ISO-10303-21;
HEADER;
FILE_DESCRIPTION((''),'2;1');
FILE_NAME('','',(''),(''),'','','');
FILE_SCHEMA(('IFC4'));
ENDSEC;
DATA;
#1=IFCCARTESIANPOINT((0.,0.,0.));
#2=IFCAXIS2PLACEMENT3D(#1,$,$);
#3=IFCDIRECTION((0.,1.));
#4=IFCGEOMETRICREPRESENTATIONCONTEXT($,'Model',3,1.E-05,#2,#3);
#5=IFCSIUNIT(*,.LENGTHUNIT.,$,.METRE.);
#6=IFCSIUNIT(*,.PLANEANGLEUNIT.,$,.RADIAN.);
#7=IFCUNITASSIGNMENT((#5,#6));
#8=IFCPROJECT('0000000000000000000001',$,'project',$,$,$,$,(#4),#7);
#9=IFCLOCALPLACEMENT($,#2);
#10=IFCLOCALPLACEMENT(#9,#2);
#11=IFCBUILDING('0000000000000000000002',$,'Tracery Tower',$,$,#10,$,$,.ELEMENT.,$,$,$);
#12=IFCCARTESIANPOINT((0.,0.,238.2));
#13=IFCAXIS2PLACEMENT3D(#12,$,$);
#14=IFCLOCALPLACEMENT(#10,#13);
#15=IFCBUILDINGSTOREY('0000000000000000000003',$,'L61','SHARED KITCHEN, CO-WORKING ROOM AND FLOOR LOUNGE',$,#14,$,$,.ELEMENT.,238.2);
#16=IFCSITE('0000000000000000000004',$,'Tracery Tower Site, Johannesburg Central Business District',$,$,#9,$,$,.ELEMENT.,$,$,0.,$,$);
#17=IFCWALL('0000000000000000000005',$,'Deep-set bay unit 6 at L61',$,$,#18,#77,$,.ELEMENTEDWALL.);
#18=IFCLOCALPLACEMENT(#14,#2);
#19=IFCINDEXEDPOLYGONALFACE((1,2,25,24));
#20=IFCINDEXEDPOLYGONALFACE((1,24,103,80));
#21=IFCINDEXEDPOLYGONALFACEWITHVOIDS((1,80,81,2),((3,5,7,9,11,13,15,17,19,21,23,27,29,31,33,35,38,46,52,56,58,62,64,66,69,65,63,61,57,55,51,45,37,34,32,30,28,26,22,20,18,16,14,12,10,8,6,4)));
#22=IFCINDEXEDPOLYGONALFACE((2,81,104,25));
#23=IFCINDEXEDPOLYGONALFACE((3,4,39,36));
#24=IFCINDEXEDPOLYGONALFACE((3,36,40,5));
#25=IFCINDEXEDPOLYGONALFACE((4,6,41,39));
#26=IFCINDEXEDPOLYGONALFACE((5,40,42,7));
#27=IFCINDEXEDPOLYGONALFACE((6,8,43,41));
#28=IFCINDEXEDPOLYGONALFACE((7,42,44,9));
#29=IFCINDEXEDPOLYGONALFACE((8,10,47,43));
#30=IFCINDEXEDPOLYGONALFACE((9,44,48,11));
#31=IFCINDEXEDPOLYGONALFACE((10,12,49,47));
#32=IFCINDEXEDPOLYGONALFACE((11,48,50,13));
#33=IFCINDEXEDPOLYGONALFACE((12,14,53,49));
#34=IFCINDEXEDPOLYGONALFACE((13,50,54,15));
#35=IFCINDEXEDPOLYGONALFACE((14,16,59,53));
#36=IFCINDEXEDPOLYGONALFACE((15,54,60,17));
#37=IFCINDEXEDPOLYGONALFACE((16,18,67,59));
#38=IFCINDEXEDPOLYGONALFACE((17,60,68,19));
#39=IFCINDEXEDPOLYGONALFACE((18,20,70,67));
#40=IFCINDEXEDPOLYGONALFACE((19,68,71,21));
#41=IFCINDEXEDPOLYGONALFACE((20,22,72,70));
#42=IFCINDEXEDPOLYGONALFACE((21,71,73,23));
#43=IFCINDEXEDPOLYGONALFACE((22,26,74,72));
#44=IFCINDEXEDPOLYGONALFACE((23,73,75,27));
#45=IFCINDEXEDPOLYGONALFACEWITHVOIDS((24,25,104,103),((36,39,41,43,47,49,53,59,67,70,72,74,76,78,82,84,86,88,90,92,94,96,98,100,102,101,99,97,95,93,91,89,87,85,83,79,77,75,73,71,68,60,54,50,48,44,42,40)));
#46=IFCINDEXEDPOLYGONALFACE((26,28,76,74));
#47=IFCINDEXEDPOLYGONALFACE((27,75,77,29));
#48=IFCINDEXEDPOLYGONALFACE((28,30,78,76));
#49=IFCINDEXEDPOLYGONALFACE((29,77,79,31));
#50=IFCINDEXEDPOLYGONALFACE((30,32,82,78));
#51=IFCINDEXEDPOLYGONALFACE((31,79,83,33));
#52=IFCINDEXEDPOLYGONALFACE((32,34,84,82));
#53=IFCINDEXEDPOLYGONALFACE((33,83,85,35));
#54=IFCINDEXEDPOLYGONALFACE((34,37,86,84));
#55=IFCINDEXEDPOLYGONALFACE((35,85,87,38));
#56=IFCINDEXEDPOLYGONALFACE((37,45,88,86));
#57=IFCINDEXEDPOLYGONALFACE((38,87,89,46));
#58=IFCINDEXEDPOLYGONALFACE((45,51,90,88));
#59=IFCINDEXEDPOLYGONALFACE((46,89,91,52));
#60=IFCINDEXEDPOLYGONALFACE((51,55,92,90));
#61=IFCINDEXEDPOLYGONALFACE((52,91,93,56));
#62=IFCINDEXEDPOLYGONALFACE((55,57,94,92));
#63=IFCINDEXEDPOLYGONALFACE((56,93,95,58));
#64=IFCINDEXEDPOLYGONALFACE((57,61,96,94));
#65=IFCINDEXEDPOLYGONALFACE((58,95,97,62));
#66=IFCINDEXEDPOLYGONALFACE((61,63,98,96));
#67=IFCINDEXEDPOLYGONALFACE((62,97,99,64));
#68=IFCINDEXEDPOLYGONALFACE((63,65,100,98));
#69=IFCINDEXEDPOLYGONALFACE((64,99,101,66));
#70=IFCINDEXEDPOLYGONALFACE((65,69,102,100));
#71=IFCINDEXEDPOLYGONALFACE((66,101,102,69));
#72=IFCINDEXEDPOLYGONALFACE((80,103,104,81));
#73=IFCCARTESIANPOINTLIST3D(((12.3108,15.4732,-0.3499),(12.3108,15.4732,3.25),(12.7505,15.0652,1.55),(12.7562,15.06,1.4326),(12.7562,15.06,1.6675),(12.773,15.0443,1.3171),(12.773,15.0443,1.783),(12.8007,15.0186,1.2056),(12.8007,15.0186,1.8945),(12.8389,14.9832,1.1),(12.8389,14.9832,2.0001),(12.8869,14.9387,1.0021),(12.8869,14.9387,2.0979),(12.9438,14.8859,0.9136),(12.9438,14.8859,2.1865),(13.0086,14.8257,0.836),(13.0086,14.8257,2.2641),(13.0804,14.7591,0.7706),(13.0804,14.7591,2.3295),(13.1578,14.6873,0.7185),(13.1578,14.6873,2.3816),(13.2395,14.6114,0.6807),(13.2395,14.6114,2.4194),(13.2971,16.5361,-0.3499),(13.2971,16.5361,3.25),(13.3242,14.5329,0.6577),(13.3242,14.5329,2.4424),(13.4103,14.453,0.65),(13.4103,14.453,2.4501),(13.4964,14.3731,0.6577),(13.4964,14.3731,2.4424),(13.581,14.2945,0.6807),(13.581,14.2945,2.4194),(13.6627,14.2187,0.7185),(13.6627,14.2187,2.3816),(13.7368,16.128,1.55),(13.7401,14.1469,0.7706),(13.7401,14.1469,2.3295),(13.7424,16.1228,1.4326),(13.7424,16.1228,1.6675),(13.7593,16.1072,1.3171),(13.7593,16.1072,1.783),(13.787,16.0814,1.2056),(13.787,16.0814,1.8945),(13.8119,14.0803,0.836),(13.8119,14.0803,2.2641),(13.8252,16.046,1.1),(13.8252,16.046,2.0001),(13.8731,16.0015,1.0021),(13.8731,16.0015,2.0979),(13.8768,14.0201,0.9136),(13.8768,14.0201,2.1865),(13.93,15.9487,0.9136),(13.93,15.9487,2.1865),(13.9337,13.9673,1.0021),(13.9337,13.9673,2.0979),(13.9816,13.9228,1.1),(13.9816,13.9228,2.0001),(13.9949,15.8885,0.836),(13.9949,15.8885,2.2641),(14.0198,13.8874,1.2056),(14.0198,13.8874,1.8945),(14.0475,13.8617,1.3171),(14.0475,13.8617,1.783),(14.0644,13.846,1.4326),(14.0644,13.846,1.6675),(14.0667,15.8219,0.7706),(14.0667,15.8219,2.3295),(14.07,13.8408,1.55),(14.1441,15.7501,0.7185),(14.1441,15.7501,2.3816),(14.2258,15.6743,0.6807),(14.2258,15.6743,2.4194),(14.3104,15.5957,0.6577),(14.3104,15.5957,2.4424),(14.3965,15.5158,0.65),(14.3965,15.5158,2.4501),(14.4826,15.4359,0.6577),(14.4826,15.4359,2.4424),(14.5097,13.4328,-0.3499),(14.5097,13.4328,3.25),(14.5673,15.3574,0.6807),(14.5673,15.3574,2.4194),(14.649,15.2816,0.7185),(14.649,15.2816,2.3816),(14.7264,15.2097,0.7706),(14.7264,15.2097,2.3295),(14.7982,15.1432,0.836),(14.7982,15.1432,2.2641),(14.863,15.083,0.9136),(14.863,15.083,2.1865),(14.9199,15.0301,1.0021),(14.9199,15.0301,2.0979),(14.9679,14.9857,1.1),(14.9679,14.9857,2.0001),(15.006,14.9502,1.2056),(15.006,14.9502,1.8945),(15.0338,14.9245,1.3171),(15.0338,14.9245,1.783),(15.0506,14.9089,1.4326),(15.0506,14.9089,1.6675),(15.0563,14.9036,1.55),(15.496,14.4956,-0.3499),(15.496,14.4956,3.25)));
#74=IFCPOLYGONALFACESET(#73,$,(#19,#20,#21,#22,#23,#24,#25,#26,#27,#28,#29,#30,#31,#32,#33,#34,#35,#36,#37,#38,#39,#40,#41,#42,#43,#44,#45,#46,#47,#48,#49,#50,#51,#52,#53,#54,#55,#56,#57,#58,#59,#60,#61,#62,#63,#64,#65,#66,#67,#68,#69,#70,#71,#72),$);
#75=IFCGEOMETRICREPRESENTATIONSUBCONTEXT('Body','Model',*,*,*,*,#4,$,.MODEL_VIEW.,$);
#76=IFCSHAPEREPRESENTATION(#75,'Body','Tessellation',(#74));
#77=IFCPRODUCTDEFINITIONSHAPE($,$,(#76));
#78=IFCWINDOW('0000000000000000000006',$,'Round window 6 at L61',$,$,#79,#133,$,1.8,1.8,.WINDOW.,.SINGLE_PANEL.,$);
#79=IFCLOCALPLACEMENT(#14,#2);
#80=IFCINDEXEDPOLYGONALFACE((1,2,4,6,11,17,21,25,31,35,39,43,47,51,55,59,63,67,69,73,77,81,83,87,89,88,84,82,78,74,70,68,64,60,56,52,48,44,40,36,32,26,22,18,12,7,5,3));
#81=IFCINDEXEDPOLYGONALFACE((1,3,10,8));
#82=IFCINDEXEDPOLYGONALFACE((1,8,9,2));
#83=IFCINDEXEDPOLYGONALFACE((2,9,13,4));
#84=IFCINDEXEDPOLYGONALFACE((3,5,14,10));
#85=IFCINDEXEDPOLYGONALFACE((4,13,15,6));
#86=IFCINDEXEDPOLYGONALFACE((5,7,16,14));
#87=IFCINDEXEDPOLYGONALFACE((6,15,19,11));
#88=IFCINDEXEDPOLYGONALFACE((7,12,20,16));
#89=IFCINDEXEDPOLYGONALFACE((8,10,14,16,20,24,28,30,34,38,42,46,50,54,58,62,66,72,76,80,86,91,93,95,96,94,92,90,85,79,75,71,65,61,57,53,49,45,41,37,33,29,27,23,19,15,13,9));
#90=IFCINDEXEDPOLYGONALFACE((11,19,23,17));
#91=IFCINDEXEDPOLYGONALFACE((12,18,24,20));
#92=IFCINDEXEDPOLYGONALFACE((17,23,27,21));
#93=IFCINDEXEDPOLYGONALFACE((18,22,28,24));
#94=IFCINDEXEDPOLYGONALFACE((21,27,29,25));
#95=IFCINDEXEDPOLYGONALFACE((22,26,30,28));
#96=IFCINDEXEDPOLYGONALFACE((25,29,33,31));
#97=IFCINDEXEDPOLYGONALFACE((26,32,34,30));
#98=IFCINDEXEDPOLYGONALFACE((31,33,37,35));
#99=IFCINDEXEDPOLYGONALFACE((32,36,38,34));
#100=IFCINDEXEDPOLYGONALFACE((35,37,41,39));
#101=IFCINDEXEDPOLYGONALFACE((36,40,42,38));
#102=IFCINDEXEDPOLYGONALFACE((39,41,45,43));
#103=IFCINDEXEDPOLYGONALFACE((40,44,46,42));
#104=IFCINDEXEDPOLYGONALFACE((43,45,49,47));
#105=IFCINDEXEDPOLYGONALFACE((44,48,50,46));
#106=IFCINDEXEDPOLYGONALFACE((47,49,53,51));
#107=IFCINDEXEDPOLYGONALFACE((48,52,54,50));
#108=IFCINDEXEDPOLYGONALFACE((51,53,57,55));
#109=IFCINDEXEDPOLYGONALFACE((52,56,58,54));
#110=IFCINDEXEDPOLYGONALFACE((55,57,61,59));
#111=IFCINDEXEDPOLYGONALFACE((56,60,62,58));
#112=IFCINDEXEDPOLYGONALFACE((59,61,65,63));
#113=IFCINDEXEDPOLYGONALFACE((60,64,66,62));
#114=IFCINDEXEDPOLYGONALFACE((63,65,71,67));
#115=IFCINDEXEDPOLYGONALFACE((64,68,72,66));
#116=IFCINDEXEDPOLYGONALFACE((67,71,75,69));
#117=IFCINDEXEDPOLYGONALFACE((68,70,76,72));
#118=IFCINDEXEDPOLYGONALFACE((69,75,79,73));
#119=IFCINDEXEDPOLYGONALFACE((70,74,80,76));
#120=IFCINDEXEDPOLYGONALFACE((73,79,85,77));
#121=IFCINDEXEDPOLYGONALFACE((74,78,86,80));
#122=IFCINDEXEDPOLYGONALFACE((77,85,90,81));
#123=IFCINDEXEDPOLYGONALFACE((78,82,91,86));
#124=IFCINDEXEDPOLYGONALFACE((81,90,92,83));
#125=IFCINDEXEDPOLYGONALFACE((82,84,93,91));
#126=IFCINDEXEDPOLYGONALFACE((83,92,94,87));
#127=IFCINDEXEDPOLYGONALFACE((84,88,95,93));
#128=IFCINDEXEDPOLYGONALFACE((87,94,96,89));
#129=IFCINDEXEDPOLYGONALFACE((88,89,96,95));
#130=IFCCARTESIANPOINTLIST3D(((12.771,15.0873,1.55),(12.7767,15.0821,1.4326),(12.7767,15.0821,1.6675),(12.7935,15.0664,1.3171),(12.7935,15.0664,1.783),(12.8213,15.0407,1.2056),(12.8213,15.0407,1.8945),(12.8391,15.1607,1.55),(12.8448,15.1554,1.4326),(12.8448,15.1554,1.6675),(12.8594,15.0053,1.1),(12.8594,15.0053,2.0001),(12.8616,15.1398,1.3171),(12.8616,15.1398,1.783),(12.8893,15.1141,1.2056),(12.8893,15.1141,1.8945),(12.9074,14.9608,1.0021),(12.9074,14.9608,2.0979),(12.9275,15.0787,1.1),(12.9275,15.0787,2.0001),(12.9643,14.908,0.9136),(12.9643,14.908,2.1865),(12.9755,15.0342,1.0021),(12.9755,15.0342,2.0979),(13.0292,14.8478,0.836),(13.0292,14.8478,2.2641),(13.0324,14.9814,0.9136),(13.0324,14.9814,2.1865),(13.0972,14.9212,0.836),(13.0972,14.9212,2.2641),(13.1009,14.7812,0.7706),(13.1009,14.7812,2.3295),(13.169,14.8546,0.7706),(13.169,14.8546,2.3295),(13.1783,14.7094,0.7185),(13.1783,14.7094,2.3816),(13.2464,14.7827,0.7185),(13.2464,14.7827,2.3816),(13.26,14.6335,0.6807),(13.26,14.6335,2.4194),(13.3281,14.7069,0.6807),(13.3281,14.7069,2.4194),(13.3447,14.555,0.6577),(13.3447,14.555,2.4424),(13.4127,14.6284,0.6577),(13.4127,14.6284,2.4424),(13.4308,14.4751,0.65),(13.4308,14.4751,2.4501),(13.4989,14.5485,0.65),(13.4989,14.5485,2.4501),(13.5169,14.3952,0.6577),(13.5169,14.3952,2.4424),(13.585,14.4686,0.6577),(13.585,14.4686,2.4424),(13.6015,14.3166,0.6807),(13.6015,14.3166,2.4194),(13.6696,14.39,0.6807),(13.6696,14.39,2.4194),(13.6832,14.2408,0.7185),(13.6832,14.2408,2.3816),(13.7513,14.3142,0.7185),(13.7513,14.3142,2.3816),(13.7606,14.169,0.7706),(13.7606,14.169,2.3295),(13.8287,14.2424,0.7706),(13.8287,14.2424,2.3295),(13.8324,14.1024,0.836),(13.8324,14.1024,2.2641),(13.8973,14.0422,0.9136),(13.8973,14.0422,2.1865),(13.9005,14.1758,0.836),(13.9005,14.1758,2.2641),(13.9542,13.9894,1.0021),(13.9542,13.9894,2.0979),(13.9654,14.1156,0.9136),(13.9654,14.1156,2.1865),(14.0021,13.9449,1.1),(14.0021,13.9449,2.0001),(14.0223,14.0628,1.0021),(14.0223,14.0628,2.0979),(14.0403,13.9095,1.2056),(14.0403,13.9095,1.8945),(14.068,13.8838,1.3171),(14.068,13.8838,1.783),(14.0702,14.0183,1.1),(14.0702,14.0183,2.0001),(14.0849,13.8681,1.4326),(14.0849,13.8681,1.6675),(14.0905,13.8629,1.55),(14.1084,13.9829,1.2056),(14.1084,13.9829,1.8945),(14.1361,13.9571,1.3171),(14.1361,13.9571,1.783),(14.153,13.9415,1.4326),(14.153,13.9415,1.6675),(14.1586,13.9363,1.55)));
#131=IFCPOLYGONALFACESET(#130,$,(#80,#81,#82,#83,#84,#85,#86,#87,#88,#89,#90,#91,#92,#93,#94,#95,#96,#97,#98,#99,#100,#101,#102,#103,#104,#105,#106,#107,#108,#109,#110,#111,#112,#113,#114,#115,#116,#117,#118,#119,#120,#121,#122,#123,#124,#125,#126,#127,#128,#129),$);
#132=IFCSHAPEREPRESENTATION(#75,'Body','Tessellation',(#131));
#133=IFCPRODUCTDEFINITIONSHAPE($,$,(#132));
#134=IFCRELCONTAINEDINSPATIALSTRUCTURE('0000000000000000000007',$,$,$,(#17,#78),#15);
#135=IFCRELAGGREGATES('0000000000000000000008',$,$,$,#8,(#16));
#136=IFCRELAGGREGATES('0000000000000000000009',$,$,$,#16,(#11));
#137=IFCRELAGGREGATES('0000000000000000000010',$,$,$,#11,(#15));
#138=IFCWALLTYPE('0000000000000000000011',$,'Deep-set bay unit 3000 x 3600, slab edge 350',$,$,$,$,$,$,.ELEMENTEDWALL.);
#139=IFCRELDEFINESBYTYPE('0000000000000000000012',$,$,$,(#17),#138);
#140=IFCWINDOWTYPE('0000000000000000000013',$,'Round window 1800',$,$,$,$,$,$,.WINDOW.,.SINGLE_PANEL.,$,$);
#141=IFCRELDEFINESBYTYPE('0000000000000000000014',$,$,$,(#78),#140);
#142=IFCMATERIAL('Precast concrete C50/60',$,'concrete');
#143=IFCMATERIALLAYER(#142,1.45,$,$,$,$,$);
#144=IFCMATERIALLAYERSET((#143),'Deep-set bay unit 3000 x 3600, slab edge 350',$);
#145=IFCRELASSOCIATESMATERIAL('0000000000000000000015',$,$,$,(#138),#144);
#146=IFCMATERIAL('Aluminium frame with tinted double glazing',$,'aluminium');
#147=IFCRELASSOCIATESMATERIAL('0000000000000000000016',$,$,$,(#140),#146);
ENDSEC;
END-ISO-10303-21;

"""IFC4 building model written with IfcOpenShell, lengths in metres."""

from ifc_helpers import new_model, si_unit, direction, frame, frame_2d, origin, origin_2d, place, context, subcontext, project, spatial, rectangle, circle, extrude, material, layer, layer_set, type_object, element, fill, save


model = new_model("IFC4")

# Units and contexts
model_context = context("Model", 3, precision=1e-05, world=origin(), true_north=direction((0.0, 1.0)))
body_context = subcontext(model_context, "Body", "Model", "MODEL_VIEW")
ifc_project = project(units=[si_unit("LENGTHUNIT", "METRE"), si_unit("PLANEANGLEUNIT", "RADIAN")], contexts=[model_context])

# Site, building, storey
site_placement = place(None, origin())
site = spatial("IfcSite", under=ifc_project, at=site_placement, Name="Tracery Tower Site, Johannesburg Central Business District", CompositionType="ELEMENT", RefElevation=0.0)
building_placement = place(site_placement, origin())
building = spatial("IfcBuilding", under=site, at=building_placement, Name="Tracery Tower", CompositionType="ELEMENT")
storey_placement = place(building_placement, frame((0.0, 0.0, 238.2)))
storey = spatial("IfcBuildingStorey", under=building, at=storey_placement, Name="L61", Description="SHARED KITCHEN, CO-WORKING ROOM AND FLOOR LOUNGE", CompositionType="ELEMENT", Elevation=238.2)

# Wall, opening, window
ifc_material_1 = material(Name="Precast concrete C50/60", Category="concrete")
ifc_layer_1 = layer(ifc_material_1, 1.45)
ifc_layer_set_1 = layer_set([ifc_layer_1], Name="Deep-set bay unit 3000 x 3600, slab edge 350")
wall_type_1 = type_object("IfcWallType", Name="Deep-set bay unit 3000 x 3600, slab edge 350", PredefinedType="ELEMENTEDWALL", material=ifc_layer_set_1)
wall_1_placement = place(storey_placement, frame((15.0029, 13.9641, -0.3499), z_axis=(0.0, 0.0, 1.0), x_axis=(-0.733022, 0.680204, 0.0)))
wall_1 = element("IfcWall", 1, at=wall_1_placement, inside=storey, type_object=wall_type_1, Name="Deep-set bay unit 6 at L61", PredefinedType="ELEMENTEDWALL", context=body_context, shape_type="SweptSolid", body=[
    extrude(rectangle(XDim=2.9998, YDim=1.45, at=frame_2d((1.5, 0.0))), origin(), (0.0, 0.0, 1.0), 3.5999),
])
opening_1_placement = place(wall_1_placement, frame((1.5, 0.0, 1.8999)))
opening_1 = element("IfcOpeningElement", 2, at=opening_1_placement, cuts=wall_1, PredefinedType="OPENING", context=body_context, shape_type="SweptSolid", body=[
    extrude(circle(Radius=0.9, at=origin_2d()), frame((0.0, 0.7349, 0.0), z_axis=(0.0, -1.0, 0.0), x_axis=(1.0, 0.0, 0.0)), (0.0, 0.0, 1.0), 1.47),
])
ifc_material_2 = material(Name="Aluminium frame with tinted double glazing", Category="aluminium")
window_type = type_object("IfcWindowType", Name="Round window 1800", PartitioningType="SINGLE_PANEL", PredefinedType="WINDOW", material=ifc_material_2)
window_1_placement = place(opening_1_placement, origin())
window_1 = element("IfcWindow", 3, at=window_1_placement, inside=storey, type_object=window_type, Name="Round window 6 at L61", OverallHeight=1.8, OverallWidth=1.8, PartitioningType="SINGLE_PANEL", PredefinedType="WINDOW", context=body_context, shape_type="SweptSolid", body=[
    extrude(circle(Radius=0.9, at=origin_2d()), frame((0.0, 0.6948, 0.0), z_axis=(0.0, -1.0, 0.0), x_axis=(1.0, 0.0, 0.0)), (0.0, 0.0, 1.0), 0.1001),
])
fill(opening_1, window_1)

save(model, "model.ifc")
